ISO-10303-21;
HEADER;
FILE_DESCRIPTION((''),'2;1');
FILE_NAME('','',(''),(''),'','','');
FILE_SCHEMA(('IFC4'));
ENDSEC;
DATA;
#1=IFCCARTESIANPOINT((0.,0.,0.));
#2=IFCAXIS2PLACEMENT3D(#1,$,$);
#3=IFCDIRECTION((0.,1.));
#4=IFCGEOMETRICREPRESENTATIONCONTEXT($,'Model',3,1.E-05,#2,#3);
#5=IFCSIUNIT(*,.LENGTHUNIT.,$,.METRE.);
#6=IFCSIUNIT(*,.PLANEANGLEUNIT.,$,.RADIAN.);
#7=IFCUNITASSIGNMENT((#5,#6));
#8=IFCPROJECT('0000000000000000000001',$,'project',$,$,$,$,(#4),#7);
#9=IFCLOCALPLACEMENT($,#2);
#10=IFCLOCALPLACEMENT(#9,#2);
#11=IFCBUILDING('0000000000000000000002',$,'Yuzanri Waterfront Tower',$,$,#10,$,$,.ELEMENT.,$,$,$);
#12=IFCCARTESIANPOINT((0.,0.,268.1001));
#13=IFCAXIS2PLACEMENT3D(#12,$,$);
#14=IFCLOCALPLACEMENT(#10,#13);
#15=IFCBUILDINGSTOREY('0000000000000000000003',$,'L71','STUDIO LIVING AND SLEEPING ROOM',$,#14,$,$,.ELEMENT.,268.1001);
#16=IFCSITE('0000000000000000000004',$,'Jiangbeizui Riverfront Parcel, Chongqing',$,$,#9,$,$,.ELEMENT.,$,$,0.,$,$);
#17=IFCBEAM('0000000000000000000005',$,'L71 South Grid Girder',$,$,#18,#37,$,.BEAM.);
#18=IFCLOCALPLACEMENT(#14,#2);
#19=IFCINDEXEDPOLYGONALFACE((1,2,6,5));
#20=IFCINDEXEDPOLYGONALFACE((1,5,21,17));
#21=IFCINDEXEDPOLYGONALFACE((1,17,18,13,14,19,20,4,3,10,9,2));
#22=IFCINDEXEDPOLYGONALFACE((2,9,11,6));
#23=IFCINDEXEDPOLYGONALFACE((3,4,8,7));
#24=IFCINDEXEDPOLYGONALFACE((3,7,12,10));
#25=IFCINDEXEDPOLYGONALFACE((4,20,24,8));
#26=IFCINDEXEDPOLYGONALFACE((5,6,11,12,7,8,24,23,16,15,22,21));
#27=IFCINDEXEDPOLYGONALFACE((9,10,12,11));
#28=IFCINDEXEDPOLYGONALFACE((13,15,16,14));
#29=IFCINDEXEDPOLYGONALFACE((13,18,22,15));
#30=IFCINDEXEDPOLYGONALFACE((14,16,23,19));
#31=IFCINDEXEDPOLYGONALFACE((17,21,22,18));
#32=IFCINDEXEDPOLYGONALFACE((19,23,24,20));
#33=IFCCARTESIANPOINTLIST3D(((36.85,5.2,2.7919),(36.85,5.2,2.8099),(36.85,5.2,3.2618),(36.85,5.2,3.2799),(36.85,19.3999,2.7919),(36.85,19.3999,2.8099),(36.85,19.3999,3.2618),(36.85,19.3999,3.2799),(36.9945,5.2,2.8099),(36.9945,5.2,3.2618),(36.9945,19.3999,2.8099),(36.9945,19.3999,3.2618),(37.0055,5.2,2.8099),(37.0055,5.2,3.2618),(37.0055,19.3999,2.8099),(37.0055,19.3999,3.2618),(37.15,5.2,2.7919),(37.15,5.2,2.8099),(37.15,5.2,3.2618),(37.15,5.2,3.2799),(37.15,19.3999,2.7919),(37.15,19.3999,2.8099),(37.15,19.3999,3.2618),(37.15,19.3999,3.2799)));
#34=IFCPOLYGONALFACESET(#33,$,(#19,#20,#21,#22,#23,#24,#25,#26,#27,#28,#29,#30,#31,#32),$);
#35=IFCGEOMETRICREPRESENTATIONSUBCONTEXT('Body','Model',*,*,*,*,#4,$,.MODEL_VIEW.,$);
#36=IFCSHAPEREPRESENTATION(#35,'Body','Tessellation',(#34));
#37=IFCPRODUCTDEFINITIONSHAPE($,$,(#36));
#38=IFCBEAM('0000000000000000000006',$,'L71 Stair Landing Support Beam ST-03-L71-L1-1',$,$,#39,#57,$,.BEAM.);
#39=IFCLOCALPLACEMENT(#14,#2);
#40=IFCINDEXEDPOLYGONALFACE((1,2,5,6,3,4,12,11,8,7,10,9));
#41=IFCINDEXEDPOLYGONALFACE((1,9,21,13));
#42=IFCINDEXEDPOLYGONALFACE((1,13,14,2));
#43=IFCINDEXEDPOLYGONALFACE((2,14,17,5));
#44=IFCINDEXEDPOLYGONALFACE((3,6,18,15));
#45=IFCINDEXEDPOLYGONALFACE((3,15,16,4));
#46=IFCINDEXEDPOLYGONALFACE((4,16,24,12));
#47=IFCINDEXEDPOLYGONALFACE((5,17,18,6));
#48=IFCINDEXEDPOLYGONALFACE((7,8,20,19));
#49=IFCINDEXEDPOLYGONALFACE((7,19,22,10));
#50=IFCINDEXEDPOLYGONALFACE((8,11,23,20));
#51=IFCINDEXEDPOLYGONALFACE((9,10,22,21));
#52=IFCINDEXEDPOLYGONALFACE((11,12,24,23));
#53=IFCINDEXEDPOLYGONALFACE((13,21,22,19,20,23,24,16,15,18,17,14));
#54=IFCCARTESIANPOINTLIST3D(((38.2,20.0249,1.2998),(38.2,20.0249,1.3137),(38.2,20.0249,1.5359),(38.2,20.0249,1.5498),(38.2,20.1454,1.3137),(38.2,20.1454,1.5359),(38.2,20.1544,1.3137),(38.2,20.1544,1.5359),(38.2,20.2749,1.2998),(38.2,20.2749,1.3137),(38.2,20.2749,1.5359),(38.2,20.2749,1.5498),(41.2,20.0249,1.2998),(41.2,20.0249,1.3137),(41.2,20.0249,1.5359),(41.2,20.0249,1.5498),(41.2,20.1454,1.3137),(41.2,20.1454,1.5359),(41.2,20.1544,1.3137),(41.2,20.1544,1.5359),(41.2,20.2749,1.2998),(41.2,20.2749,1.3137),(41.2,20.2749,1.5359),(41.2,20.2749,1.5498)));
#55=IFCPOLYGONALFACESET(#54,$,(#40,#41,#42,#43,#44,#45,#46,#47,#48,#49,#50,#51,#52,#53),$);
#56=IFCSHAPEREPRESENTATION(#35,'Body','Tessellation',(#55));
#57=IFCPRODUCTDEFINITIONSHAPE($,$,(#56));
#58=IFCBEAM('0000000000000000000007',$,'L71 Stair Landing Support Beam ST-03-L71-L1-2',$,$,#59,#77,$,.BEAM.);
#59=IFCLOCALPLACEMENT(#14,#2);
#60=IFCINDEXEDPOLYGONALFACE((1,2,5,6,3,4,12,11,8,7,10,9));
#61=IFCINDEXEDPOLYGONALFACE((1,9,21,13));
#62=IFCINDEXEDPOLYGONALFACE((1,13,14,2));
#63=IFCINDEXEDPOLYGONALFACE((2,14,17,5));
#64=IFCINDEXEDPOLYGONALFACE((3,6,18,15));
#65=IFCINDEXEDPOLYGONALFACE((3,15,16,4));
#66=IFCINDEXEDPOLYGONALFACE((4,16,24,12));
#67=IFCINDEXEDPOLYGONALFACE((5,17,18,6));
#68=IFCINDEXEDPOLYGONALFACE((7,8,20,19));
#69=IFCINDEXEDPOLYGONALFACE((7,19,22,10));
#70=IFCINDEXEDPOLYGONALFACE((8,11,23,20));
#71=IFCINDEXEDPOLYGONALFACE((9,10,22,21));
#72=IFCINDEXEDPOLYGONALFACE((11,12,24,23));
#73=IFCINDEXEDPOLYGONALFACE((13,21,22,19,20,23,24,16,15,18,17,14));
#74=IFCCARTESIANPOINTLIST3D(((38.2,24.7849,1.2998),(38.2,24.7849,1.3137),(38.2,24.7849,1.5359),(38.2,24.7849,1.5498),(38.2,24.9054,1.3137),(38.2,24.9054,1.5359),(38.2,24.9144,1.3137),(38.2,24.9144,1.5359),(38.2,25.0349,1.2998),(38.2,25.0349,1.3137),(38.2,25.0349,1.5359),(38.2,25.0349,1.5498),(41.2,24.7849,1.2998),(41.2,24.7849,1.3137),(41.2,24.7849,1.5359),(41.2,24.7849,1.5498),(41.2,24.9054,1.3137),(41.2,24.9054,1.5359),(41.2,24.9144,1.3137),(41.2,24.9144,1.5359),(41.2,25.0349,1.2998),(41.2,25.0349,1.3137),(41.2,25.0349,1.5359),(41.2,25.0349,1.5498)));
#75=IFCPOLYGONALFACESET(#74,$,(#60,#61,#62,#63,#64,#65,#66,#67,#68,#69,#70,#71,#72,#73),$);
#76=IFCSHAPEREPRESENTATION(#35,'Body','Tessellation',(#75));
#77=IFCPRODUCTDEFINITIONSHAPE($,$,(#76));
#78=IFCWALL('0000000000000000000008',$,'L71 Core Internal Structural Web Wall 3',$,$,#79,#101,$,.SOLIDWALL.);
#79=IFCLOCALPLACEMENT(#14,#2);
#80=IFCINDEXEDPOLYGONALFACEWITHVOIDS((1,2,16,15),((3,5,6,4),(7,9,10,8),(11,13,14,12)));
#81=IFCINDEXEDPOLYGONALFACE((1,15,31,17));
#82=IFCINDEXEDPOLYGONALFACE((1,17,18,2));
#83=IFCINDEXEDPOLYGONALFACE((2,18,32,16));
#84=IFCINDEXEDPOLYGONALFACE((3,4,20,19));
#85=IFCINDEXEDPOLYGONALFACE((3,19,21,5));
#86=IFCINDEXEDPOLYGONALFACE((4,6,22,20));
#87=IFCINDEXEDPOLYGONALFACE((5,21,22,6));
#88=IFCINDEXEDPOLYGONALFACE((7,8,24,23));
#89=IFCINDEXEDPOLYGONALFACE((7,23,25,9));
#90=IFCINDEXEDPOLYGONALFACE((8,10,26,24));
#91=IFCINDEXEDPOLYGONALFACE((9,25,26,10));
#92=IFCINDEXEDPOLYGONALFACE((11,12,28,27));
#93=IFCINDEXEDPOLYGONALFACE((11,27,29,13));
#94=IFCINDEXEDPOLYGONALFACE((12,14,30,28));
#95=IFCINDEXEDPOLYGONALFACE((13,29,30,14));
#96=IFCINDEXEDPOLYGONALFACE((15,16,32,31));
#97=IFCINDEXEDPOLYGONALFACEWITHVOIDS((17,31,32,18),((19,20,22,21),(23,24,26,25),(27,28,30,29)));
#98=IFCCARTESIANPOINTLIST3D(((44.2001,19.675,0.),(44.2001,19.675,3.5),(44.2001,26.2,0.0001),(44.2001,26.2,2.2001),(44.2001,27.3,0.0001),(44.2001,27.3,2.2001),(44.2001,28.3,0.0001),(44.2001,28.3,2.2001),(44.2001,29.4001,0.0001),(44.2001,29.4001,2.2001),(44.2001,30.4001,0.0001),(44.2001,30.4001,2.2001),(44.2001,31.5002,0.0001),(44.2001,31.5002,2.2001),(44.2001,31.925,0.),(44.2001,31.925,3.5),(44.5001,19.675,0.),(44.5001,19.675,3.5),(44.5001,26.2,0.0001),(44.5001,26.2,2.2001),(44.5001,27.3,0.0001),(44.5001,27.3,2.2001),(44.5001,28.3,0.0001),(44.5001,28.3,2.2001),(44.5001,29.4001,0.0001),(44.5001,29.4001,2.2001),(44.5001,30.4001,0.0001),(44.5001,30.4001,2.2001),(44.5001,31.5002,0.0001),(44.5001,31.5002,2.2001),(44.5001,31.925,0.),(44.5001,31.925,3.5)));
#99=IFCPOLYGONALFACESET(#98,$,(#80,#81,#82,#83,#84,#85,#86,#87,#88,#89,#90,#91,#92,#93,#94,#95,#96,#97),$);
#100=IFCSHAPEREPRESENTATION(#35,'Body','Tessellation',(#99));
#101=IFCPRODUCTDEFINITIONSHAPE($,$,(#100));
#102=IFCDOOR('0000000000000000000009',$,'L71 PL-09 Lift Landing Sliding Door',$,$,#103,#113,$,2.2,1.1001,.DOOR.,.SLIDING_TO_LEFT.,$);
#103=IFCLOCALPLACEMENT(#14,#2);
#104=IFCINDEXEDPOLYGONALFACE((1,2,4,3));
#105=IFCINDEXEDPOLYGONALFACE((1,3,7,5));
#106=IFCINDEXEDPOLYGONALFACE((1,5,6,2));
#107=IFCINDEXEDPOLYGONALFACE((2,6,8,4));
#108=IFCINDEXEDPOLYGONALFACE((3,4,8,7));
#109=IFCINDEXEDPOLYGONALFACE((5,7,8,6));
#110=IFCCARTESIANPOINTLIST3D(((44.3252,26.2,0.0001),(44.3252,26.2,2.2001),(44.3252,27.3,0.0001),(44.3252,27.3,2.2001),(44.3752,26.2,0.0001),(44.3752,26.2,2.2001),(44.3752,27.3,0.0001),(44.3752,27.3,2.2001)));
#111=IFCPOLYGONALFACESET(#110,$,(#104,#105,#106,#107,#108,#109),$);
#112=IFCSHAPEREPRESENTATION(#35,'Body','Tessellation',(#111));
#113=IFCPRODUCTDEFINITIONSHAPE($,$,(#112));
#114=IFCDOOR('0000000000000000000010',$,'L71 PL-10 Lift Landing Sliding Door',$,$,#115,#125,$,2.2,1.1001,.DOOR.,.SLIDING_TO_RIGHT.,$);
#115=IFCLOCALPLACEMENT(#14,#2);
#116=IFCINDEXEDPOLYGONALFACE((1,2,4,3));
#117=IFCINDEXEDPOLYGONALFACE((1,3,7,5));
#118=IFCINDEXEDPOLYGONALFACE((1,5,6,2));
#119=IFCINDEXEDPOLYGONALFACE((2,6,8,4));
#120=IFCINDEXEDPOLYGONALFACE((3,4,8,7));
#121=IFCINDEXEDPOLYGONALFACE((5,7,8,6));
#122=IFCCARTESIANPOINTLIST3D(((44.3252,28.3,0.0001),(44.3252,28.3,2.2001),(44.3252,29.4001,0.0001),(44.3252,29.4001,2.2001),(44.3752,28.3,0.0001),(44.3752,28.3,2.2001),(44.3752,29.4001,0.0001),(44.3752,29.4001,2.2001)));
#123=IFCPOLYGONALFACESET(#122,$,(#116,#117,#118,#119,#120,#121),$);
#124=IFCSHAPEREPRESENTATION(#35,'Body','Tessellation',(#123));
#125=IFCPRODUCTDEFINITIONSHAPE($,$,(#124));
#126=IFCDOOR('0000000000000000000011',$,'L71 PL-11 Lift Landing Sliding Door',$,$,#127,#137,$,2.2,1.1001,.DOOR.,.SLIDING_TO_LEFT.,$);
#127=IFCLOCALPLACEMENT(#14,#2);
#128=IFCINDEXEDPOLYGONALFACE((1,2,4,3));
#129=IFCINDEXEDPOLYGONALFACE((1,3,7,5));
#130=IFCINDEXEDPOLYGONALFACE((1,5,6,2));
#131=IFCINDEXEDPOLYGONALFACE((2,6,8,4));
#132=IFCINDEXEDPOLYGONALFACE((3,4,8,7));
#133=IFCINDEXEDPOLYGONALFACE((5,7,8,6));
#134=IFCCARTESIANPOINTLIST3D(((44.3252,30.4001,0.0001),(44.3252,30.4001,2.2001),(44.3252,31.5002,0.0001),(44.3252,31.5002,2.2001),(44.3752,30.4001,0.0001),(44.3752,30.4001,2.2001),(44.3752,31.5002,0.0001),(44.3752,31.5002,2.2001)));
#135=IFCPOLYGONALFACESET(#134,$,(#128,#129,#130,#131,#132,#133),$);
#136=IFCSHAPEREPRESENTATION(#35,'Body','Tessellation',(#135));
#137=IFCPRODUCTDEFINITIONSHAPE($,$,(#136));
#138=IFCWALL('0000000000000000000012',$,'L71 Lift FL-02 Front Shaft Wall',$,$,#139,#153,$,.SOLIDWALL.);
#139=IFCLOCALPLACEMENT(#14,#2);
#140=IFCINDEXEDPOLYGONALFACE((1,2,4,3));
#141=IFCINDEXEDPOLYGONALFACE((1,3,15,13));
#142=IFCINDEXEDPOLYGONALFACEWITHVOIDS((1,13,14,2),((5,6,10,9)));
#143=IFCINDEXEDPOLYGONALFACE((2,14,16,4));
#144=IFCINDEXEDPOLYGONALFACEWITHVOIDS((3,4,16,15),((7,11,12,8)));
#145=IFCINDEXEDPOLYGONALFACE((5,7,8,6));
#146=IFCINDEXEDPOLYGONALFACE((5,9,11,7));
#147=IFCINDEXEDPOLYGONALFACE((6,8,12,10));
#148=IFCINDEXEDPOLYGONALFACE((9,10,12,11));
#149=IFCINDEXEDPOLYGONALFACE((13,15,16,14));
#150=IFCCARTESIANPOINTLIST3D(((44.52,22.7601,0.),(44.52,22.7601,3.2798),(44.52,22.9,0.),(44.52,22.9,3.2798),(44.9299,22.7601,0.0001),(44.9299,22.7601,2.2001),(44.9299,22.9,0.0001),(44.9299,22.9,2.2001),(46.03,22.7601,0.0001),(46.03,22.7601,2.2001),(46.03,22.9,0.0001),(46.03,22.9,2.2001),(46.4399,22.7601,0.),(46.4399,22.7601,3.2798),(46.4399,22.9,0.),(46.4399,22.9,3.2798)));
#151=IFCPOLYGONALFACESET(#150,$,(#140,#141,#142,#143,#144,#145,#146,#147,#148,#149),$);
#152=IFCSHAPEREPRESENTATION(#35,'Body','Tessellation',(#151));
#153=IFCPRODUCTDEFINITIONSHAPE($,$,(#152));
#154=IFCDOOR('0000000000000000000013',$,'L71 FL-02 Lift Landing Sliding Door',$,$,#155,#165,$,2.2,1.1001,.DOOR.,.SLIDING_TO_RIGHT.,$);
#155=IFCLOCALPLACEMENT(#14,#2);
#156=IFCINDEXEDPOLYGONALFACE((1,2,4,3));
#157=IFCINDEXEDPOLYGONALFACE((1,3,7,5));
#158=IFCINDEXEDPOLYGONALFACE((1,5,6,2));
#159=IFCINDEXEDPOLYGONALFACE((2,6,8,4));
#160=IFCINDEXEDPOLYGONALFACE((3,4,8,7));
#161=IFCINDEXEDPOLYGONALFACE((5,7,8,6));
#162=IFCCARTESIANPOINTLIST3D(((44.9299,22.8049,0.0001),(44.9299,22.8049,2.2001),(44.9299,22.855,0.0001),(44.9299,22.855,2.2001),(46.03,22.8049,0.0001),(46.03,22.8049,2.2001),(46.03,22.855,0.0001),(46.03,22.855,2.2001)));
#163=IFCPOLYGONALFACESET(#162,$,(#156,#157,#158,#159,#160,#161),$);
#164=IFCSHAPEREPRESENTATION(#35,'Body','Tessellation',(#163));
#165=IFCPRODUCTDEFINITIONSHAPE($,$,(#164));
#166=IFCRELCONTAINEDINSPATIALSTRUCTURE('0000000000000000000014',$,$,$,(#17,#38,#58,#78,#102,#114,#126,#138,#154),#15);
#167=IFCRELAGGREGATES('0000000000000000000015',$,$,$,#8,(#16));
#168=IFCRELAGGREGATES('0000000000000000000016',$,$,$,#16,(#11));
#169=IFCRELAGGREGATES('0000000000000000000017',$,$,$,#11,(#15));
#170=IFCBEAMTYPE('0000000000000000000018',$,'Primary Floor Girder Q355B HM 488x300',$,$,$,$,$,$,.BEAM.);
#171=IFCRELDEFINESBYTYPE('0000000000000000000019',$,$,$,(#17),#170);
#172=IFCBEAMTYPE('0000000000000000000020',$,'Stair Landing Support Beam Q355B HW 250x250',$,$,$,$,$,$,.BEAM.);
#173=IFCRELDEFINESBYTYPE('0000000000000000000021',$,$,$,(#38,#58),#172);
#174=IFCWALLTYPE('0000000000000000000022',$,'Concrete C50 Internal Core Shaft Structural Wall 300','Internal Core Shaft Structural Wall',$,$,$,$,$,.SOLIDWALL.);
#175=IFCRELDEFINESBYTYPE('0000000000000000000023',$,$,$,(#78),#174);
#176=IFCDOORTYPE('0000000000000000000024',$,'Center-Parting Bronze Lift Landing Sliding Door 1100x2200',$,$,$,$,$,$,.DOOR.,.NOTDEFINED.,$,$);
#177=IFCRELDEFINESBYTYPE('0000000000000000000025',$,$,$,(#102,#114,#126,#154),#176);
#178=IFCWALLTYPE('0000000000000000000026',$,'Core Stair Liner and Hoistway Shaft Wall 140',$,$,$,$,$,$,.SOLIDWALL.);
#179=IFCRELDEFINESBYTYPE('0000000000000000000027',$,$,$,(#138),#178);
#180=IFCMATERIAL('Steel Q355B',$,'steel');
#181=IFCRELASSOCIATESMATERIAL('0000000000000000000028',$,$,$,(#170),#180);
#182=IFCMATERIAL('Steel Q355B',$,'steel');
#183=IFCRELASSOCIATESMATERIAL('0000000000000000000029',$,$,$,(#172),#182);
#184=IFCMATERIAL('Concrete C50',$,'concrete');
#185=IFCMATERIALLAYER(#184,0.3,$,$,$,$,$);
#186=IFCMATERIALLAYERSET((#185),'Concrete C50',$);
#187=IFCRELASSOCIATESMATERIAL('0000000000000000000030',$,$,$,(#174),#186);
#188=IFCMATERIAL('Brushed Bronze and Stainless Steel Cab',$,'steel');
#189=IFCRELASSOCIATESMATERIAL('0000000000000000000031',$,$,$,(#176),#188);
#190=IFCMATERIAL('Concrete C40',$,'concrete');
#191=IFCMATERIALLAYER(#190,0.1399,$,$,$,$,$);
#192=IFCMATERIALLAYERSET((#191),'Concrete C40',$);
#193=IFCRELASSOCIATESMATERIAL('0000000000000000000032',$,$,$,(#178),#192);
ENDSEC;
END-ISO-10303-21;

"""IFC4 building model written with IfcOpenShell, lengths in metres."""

from ifc_helpers import new_model, si_unit, direction, frame, frame_2d, origin, origin_2d, place, context, subcontext, project, spatial, rectangle, i_section, extrude, source, transform, mapped, material, layer, layer_set, material_profile, profile_set, type_object, element, fill, save


model = new_model("IFC4")

# Units and contexts
model_context = context("Model", 3, precision=1e-05, world=origin(), true_north=direction((0.0, 1.0)))
body_context = subcontext(model_context, "Body", "Model", "MODEL_VIEW")
ifc_project = project(units=[si_unit("LENGTHUNIT", "METRE"), si_unit("PLANEANGLEUNIT", "RADIAN")], contexts=[model_context])

# Site, building, storey
site_placement = place(None, origin())
site = spatial("IfcSite", under=ifc_project, at=site_placement, Name="Jiangbeizui Riverfront Parcel, Chongqing", CompositionType="ELEMENT", RefElevation=0.0)
building_placement = place(site_placement, origin())
building = spatial("IfcBuilding", under=site, at=building_placement, Name="Yuzanri Waterfront Tower", CompositionType="ELEMENT")
storey_placement = place(building_placement, frame((0.0, 0.0, 268.1001)))
storey = spatial("IfcBuildingStorey", under=building, at=storey_placement, Name="L71", Description="STUDIO LIVING AND SLEEPING ROOM", CompositionType="ELEMENT", Elevation=268.1001)

# Beams
ifc_material_1 = material(Name="Steel Q355B", Category="steel")
ifc_material_profile_1 = material_profile(ifc_material_1, i_section(OverallWidth=0.3, OverallDepth=0.488, WebThickness=0.011, FlangeThickness=0.0181, at=origin_2d()), Name="HM 488x300x11x18")
ifc_profile_set_1 = profile_set([ifc_material_profile_1], Name="Steel Q355B")
beam_type_1 = type_object("IfcBeamType", Name="Primary Floor Girder Q355B HM 488x300", PredefinedType="BEAM", material=ifc_profile_set_1)
shared_shape_1 = source(origin(), body_context, "Body", "SweptSolid", [
    extrude(i_section(OverallWidth=0.3, OverallDepth=0.488, WebThickness=0.011, FlangeThickness=0.0181, at=origin_2d()), origin(), (0.0, 0.0, 1.0), 14.2),
])
beam_placement = place(storey_placement, frame((37.0, 19.3999, 3.0359), z_axis=(0.0, -1.0, 0.0), x_axis=(1.0, 0.0, 0.0)))
element("IfcBeam", 1, at=beam_placement, inside=storey, type_object=beam_type_1, Name="L71 South Grid Girder", PredefinedType="BEAM", context=body_context, shape_type="MappedRepresentation", body=[
    mapped(shared_shape_1, transform((0.0, 0.0, 0.0), scale=1.0)),
])
ifc_material_2 = material(Name="Steel Q355B", Category="steel")
ifc_material_profile_2 = material_profile(ifc_material_2, i_section(OverallWidth=0.25, OverallDepth=0.25, WebThickness=0.009, FlangeThickness=0.0139, at=origin_2d()), Name="HW 250x250x9x14")
ifc_profile_set_2 = profile_set([ifc_material_profile_2], Name="Steel Q355B")
beam_type_2 = type_object("IfcBeamType", Name="Stair Landing Support Beam Q355B HW 250x250", PredefinedType="BEAM", material=ifc_profile_set_2)
shared_shape_2 = source(origin(), body_context, "Body", "SweptSolid", [
    extrude(i_section(OverallWidth=0.25, OverallDepth=0.25, WebThickness=0.009, FlangeThickness=0.0139, at=origin_2d()), origin(), (0.0, 0.0, 1.0), 3.0),
])
for number, where, z_axis, x_axis, name in (
    (2, (38.2, 20.1499, 1.4248), (1.0, 0.0, 0.0), (0.0, 1.0, 0.0), "L71 Stair Landing Support Beam ST-03-L71-L1-1"),
    (3, (38.2, 24.9099, 1.4248), (1.0, 0.0, 0.0), (0.0, 1.0, 0.0), "L71 Stair Landing Support Beam ST-03-L71-L1-2"),
):
    element("IfcBeam", number, at=place(storey_placement, frame(where, z_axis=z_axis, x_axis=x_axis)), inside=storey, type_object=beam_type_2, Name=name, PredefinedType="BEAM", context=body_context, shape_type="MappedRepresentation", body=[
        mapped(shared_shape_2, transform((0.0, 0.0, 0.0), scale=1.0)),
    ])

# Wall, openings, doors
ifc_material_3 = material(Name="Concrete C50", Category="concrete")
ifc_layer_1 = layer(ifc_material_3, 0.3)
ifc_layer_set_1 = layer_set([ifc_layer_1], Name="Concrete C50")
wall_type_1 = type_object("IfcWallType", Name="Concrete C50 Internal Core Shaft Structural Wall 300", Description="Internal Core Shaft Structural Wall", PredefinedType="SOLIDWALL", material=ifc_layer_set_1)
wall_1_placement = place(storey_placement, frame((44.3501, 19.675, 0.0), z_axis=(0.0, 0.0, 1.0), x_axis=(0.0, 1.0, 0.0)))
wall_1 = element("IfcWall", 4, at=wall_1_placement, inside=storey, type_object=wall_type_1, Name="L71 Core Internal Structural Web Wall 3", PredefinedType="SOLIDWALL", context=body_context, shape_type="SweptSolid", body=[
    extrude(rectangle(XDim=12.25, YDim=0.3, at=frame_2d((6.125, 0.0))), origin(), (0.0, 0.0, 1.0), 3.5),
])
opening_1_placement = place(wall_1_placement, frame((6.5249, 0.0, 0.0)))
opening_1 = element("IfcOpeningElement", 5, at=opening_1_placement, cuts=wall_1, PredefinedType="OPENING", context=body_context, shape_type="SweptSolid", body=[
    extrude(rectangle(XDim=1.1001, YDim=2.2, at=frame_2d((0.55, 1.1001))), frame((0.0, 0.165, 0.0), z_axis=(0.0, -1.0, 0.0), x_axis=(1.0, 0.0, 0.0)), (0.0, 0.0, 1.0), 0.3298),
])
opening_2_placement = place(wall_1_placement, frame((8.625, 0.0, 0.0)))
opening_2 = element("IfcOpeningElement", 6, at=opening_2_placement, cuts=wall_1, PredefinedType="OPENING", context=body_context, shape_type="SweptSolid", body=[
    extrude(rectangle(XDim=1.1001, YDim=2.2, at=frame_2d((0.55, 1.1001))), frame((0.0, 0.165, 0.0), z_axis=(0.0, -1.0, 0.0), x_axis=(1.0, 0.0, 0.0)), (0.0, 0.0, 1.0), 0.3298),
])
opening_3_placement = place(wall_1_placement, frame((10.7251, 0.0, 0.0)))
opening_3 = element("IfcOpeningElement", 7, at=opening_3_placement, cuts=wall_1, PredefinedType="OPENING", context=body_context, shape_type="SweptSolid", body=[
    extrude(rectangle(XDim=1.1001, YDim=2.2, at=frame_2d((0.55, 1.1001))), frame((0.0, 0.165, 0.0), z_axis=(0.0, -1.0, 0.0), x_axis=(1.0, 0.0, 0.0)), (0.0, 0.0, 1.0), 0.3298),
])
ifc_material_4 = material(Name="Brushed Bronze and Stainless Steel Cab", Category="steel")
door_type_1 = type_object("IfcDoorType", Name="Center-Parting Bronze Lift Landing Sliding Door 1100x2200", OperationType="NOTDEFINED", PredefinedType="DOOR", material=ifc_material_4)
shared_shape_3 = source(origin(), body_context, "Body", "SweptSolid", [
    extrude(rectangle(XDim=1.1001, YDim=2.2, at=frame_2d((0.55, 1.1001))), frame((0.0, 0.0249, 0.0), z_axis=(0.0, -1.0, 0.0), x_axis=(1.0, 0.0, 0.0)), (0.0, 0.0, 1.0), 0.05),
])
door_1_placement = place(opening_1_placement, origin())
door_1 = element("IfcDoor", 8, at=door_1_placement, inside=storey, type_object=door_type_1, Name="L71 PL-09 Lift Landing Sliding Door", OperationType="SLIDING_TO_LEFT", OverallHeight=2.2, OverallWidth=1.1001, PredefinedType="DOOR", context=body_context, shape_type="MappedRepresentation", body=[
    mapped(shared_shape_3, transform((0.0, 0.0, 0.0), scale=1.0)),
])
fill(opening_1, door_1)
door_2_placement = place(opening_2_placement, origin())
door_2 = element("IfcDoor", 9, at=door_2_placement, inside=storey, type_object=door_type_1, Name="L71 PL-10 Lift Landing Sliding Door", OperationType="SLIDING_TO_RIGHT", OverallHeight=2.2, OverallWidth=1.1001, PredefinedType="DOOR", context=body_context, shape_type="MappedRepresentation", body=[
    mapped(shared_shape_3, transform((0.0, 0.0, 0.0), scale=1.0)),
])
fill(opening_2, door_2)
door_3_placement = place(opening_3_placement, origin())
door_3 = element("IfcDoor", 10, at=door_3_placement, inside=storey, type_object=door_type_1, Name="L71 PL-11 Lift Landing Sliding Door", OperationType="SLIDING_TO_LEFT", OverallHeight=2.2, OverallWidth=1.1001, PredefinedType="DOOR", context=body_context, shape_type="MappedRepresentation", body=[
    mapped(shared_shape_3, transform((0.0, 0.0, 0.0), scale=1.0)),
])
fill(opening_3, door_3)

# Wall, opening, door
ifc_material_5 = material(Name="Concrete C40", Category="concrete")
ifc_layer_2 = layer(ifc_material_5, 0.1399)
ifc_layer_set_2 = layer_set([ifc_layer_2], Name="Concrete C40")
wall_type_2 = type_object("IfcWallType", Name="Core Stair Liner and Hoistway Shaft Wall 140", PredefinedType="SOLIDWALL", material=ifc_layer_set_2)
wall_2_placement = place(storey_placement, frame((44.52, 22.8301, 0.0), z_axis=(0.0, 0.0, 1.0), x_axis=(1.0, 0.0, 0.0)))
wall_2 = element("IfcWall", 11, at=wall_2_placement, inside=storey, type_object=wall_type_2, Name="L71 Lift FL-02 Front Shaft Wall", PredefinedType="SOLIDWALL", context=body_context, shape_type="SweptSolid", body=[
    extrude(rectangle(XDim=1.9199, YDim=0.1399, at=frame_2d((0.96, 0.0))), origin(), (0.0, 0.0, 1.0), 3.2798),
])
opening_4_placement = place(wall_2_placement, frame((0.4099, 0.0, 0.0)))
opening_4 = element("IfcOpeningElement", 12, at=opening_4_placement, cuts=wall_2, PredefinedType="OPENING", context=body_context, shape_type="SweptSolid", body=[
    extrude(rectangle(XDim=1.1001, YDim=2.2, at=frame_2d((0.55, 1.1001))), frame((0.0, 0.085, 0.0), z_axis=(0.0, -1.0, 0.0), x_axis=(1.0, 0.0, 0.0)), (0.0, 0.0, 1.0), 0.1697),
])
door_4_placement = place(opening_4_placement, origin())
door_4 = element("IfcDoor", 13, at=door_4_placement, inside=storey, type_object=door_type_1, Name="L71 FL-02 Lift Landing Sliding Door", OperationType="SLIDING_TO_RIGHT", OverallHeight=2.2, OverallWidth=1.1001, PredefinedType="DOOR", context=body_context, shape_type="MappedRepresentation", body=[
    mapped(shared_shape_3, transform((0.0, 0.0, 0.0), scale=1.0)),
])
fill(opening_4, door_4)

save(model, "model.ifc")
